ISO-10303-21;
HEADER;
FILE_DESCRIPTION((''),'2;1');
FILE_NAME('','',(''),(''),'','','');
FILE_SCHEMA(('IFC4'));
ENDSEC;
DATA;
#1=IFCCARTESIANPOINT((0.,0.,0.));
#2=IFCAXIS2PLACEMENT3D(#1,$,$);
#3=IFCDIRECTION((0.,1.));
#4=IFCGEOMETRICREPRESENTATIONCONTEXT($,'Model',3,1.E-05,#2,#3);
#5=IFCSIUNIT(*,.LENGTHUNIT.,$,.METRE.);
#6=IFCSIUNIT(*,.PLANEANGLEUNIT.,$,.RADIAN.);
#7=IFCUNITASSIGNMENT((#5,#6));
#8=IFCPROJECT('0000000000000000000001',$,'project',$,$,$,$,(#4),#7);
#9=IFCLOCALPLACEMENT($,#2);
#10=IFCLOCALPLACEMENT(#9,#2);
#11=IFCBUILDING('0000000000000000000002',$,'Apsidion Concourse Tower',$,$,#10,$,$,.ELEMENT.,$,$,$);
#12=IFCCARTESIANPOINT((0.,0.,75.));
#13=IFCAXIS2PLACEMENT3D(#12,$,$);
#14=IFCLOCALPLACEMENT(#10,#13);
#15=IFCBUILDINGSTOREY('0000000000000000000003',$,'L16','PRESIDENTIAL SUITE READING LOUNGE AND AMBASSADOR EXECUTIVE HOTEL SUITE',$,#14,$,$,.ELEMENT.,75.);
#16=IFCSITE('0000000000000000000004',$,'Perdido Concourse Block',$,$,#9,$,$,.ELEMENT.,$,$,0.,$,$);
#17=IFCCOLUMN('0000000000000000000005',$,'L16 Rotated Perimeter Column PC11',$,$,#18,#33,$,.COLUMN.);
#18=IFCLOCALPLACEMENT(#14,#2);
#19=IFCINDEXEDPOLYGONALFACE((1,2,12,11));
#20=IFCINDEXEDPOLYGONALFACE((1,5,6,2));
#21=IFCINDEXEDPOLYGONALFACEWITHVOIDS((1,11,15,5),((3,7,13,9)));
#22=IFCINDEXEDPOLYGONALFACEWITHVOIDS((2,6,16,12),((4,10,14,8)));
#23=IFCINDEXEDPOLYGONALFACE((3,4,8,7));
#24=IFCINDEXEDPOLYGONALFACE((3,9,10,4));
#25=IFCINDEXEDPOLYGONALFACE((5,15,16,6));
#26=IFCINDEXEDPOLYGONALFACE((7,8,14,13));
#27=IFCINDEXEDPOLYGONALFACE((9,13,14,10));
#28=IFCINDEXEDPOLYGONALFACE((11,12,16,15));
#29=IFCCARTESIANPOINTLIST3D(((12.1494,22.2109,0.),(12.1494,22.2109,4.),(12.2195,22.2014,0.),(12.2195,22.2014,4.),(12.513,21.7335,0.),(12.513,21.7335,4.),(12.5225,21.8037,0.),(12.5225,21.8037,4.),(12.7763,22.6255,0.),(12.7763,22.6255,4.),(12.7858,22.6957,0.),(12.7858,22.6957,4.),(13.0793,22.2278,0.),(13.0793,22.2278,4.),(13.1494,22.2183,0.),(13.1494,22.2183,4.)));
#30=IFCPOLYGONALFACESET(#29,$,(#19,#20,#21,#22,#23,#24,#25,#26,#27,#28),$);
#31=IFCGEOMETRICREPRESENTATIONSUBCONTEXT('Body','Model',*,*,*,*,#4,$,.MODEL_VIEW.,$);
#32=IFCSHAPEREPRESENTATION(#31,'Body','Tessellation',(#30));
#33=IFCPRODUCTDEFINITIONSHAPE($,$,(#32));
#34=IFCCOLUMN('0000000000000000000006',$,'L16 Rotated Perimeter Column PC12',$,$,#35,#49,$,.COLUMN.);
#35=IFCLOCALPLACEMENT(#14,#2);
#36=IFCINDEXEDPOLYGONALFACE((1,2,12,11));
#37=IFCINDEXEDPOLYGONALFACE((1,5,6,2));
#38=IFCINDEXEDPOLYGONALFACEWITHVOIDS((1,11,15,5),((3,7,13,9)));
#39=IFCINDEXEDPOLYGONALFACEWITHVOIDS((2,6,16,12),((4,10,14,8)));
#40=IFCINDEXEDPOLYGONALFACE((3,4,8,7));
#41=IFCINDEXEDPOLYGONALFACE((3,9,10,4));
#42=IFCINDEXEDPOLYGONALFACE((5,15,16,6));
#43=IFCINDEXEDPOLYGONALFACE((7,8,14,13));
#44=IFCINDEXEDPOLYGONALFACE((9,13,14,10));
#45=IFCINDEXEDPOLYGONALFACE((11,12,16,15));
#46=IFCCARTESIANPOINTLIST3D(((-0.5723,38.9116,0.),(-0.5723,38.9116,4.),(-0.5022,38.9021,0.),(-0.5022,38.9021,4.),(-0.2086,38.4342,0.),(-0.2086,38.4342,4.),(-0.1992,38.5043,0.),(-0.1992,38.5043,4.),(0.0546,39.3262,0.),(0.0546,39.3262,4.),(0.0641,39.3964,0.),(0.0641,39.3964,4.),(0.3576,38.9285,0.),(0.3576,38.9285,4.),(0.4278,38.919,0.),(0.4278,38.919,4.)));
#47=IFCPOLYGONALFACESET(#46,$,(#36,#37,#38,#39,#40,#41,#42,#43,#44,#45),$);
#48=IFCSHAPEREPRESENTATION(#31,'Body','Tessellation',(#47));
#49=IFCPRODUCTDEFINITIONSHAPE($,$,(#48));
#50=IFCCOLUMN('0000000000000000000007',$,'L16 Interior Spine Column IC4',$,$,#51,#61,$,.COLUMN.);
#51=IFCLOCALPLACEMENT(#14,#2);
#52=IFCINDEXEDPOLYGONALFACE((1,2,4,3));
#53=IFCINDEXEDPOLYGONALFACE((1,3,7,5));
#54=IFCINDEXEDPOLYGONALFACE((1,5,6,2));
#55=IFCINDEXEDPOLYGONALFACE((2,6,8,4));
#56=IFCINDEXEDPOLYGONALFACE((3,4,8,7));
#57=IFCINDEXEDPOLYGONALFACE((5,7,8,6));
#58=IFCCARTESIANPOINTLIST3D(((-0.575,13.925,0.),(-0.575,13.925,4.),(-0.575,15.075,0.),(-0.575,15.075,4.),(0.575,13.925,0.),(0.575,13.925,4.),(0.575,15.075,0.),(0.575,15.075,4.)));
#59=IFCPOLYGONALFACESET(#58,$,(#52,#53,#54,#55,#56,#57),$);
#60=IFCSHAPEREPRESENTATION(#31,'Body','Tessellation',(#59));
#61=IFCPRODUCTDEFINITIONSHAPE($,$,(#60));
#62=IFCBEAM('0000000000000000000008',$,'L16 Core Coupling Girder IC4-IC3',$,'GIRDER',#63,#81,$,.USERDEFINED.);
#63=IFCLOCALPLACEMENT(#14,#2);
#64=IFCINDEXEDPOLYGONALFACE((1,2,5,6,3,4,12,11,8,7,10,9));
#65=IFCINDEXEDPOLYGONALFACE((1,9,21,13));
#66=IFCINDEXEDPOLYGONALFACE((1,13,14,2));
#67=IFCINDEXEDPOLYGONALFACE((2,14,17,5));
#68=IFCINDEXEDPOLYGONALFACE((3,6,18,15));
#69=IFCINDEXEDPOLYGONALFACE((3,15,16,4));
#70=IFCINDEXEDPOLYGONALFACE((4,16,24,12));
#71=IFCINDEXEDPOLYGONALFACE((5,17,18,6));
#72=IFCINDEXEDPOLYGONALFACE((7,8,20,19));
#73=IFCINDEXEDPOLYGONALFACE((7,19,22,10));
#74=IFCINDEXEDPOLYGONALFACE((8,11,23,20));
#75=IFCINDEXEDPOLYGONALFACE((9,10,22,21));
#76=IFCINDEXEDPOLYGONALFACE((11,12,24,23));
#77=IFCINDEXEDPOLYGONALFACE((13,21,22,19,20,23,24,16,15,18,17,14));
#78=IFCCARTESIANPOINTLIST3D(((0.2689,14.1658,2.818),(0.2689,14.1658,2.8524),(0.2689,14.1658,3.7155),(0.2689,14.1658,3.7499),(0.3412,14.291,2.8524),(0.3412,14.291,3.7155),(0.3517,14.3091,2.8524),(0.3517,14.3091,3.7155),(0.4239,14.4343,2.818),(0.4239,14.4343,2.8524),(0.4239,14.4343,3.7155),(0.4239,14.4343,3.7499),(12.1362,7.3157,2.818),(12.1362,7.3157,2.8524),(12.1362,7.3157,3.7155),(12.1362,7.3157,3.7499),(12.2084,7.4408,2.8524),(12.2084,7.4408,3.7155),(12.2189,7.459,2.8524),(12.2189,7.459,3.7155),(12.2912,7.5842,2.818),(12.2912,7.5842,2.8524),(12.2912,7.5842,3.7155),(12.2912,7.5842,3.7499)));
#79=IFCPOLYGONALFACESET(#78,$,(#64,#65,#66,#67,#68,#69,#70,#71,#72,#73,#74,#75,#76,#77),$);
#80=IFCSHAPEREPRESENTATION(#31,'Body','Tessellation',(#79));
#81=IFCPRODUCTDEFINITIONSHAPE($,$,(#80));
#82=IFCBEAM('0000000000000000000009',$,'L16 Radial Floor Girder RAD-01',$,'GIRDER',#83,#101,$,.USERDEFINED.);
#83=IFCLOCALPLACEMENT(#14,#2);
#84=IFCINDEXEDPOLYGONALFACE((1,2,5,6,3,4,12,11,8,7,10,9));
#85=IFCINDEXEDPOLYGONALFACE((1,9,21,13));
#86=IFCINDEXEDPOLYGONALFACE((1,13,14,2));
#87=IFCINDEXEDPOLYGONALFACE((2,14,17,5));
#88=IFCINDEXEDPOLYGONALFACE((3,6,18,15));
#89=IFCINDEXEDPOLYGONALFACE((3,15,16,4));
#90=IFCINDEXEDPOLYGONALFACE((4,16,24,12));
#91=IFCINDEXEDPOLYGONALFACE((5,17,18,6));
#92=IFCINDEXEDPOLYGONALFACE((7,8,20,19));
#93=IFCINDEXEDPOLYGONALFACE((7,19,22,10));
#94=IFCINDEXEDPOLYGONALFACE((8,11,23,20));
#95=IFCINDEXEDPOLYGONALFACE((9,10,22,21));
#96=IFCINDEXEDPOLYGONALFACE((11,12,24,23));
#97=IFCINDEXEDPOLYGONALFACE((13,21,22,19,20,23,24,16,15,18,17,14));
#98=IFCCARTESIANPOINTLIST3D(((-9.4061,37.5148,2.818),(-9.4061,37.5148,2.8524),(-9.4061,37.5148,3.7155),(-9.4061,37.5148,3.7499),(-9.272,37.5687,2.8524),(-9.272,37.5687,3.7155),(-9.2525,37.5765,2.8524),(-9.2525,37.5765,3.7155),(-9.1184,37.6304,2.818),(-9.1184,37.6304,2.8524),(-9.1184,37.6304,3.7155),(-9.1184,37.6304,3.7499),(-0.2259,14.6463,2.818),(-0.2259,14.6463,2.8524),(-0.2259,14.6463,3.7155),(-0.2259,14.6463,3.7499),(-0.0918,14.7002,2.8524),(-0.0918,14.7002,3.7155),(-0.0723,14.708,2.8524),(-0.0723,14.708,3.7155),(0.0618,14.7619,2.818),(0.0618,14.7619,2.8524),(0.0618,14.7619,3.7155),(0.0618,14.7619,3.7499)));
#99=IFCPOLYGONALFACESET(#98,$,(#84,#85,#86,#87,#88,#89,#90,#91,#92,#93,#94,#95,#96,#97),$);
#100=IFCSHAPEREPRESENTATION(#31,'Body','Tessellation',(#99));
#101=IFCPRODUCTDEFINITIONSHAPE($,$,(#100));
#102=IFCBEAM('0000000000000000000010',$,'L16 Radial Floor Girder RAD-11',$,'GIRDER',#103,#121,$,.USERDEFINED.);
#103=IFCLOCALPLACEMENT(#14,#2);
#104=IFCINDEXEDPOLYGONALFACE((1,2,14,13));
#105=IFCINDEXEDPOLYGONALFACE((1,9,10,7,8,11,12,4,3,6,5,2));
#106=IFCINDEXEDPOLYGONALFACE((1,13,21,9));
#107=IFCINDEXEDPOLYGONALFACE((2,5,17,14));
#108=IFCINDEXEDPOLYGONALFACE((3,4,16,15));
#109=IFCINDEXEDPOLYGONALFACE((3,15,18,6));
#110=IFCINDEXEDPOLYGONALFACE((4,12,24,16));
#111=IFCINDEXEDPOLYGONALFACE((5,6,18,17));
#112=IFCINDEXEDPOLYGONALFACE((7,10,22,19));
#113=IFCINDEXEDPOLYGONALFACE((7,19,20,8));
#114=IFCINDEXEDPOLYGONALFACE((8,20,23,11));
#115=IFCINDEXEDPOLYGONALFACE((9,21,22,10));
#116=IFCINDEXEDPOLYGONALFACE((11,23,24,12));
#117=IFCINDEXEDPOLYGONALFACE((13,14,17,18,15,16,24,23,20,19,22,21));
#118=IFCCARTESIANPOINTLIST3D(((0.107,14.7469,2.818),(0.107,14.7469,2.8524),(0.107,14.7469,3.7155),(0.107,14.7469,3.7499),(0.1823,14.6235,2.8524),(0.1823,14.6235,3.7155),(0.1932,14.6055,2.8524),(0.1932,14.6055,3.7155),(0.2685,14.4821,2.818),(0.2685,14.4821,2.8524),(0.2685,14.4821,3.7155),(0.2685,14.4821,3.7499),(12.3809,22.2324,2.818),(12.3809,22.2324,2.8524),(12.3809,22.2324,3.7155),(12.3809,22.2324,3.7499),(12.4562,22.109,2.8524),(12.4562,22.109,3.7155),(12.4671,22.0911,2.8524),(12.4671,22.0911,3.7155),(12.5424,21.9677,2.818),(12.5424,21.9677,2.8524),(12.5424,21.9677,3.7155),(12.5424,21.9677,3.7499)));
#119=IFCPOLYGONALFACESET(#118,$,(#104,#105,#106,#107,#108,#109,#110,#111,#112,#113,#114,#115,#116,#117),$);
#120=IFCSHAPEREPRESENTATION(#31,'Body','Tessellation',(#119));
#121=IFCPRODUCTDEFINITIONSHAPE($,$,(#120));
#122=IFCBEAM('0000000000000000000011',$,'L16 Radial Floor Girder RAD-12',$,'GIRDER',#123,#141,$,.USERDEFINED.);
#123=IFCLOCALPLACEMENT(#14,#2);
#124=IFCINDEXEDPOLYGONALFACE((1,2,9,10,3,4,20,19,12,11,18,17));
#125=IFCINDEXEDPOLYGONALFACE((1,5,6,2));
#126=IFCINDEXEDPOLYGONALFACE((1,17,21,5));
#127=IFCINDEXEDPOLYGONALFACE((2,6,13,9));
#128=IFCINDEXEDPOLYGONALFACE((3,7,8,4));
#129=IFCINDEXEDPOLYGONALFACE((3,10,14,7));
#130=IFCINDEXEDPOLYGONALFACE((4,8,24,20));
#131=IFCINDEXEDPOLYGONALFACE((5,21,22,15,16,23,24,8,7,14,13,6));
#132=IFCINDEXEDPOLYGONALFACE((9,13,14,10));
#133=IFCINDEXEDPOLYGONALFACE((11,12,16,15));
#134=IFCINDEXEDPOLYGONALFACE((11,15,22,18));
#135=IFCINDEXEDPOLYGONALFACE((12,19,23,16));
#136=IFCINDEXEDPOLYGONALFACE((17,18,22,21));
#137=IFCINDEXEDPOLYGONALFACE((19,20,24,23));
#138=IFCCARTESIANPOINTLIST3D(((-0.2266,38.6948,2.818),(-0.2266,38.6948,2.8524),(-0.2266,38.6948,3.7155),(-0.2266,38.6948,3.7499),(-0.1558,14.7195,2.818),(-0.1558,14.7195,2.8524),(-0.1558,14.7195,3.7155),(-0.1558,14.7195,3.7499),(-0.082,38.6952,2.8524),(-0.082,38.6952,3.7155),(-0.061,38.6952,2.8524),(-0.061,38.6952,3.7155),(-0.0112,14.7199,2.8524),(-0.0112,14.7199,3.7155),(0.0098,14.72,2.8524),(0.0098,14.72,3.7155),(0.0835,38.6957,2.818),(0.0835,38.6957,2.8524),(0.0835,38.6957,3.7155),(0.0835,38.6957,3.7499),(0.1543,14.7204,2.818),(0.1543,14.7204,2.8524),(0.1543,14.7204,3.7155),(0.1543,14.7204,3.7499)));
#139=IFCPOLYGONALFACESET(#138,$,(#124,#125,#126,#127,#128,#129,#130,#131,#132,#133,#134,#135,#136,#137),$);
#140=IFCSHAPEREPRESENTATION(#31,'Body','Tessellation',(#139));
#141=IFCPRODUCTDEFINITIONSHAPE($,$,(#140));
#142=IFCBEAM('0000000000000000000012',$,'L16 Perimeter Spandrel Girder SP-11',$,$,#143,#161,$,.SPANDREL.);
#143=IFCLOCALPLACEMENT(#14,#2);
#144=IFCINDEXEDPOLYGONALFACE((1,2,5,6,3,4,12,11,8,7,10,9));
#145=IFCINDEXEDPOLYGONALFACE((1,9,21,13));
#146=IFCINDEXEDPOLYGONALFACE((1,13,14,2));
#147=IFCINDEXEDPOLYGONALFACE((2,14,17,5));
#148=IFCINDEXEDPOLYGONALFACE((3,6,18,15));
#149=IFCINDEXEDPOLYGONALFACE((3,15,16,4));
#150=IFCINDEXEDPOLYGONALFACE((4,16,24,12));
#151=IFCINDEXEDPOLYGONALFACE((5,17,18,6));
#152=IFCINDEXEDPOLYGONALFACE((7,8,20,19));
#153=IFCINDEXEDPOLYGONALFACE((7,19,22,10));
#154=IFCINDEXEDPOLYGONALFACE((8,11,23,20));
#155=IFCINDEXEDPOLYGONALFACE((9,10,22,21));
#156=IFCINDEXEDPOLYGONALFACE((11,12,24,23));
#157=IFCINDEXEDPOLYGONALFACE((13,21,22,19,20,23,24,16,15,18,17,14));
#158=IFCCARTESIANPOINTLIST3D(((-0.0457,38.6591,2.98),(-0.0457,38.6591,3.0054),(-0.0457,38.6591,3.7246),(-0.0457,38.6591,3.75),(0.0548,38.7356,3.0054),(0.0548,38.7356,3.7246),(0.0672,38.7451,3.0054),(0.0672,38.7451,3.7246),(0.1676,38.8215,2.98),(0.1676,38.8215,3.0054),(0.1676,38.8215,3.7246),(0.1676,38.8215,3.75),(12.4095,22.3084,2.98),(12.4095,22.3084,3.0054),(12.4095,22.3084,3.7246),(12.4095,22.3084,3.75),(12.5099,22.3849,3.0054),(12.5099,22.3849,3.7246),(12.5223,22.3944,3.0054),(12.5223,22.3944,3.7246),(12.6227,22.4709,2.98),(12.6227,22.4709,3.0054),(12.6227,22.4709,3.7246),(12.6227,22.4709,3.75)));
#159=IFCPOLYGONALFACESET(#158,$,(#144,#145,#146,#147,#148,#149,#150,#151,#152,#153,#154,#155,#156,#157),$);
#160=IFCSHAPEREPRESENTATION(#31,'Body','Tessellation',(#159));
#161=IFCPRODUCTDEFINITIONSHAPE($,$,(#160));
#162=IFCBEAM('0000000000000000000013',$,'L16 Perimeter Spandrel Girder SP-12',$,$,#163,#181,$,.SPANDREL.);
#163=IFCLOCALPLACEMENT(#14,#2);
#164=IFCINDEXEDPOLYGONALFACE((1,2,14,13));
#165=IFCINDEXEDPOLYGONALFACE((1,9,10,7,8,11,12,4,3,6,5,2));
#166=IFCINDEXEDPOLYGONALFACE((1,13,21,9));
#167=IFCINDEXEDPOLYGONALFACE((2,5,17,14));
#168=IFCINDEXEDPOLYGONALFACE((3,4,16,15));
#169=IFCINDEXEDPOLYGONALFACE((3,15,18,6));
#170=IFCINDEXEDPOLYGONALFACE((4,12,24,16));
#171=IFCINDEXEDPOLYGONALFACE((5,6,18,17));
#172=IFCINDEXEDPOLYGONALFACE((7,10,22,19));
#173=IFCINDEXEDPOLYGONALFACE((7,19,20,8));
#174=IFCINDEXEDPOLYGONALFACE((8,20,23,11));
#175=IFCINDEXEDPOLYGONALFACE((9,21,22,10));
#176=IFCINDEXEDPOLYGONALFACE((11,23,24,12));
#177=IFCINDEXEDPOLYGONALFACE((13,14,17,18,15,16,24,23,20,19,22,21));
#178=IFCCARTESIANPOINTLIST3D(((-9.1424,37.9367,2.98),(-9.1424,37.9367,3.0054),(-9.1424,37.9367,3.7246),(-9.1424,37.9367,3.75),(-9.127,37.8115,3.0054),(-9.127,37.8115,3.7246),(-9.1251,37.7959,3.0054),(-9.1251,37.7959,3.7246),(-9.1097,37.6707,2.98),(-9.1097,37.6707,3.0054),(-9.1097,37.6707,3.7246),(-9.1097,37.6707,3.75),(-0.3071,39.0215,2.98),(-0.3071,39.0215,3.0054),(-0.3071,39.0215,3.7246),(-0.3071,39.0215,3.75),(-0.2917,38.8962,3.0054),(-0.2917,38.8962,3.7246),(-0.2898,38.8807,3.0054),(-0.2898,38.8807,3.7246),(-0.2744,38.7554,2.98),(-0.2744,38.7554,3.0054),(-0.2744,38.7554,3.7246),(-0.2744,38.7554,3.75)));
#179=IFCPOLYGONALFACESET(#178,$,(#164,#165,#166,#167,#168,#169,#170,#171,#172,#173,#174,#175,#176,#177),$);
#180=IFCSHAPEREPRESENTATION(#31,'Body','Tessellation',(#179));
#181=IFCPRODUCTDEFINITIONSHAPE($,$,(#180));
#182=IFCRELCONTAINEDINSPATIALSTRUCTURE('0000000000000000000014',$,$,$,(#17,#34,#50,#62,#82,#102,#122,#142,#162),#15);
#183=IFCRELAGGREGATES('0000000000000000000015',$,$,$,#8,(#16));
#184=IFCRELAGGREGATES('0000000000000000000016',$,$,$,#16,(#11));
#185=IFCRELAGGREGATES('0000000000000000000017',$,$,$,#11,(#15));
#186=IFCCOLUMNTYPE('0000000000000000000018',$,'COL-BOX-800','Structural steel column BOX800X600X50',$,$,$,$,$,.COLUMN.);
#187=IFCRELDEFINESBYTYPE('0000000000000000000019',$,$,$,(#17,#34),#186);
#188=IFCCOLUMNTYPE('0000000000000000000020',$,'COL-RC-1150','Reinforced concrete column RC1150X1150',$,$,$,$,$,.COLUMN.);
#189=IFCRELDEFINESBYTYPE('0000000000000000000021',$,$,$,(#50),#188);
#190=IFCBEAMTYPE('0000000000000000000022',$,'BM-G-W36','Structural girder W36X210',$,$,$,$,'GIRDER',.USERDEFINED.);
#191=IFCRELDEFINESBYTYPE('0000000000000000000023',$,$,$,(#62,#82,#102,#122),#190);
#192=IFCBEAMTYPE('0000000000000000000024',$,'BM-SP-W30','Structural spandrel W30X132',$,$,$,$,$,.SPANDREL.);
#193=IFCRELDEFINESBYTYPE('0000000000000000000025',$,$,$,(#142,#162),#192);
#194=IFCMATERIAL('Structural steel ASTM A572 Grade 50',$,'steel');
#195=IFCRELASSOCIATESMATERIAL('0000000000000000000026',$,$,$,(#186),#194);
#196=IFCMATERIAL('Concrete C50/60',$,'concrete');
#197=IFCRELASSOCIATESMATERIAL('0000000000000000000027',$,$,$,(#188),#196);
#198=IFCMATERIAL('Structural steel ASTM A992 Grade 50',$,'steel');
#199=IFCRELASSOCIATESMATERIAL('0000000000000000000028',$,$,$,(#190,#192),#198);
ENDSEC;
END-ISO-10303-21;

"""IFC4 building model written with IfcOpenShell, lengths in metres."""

from ifc_helpers import new_model, si_unit, direction, frame, origin, origin_2d, place, context, subcontext, project, spatial, rectangle, hollow_rectangle, i_section, extrude, material, material_profile, profile_set, type_object, element, save


model = new_model("IFC4")

# Units and contexts
model_context = context("Model", 3, precision=1e-05, world=origin(), true_north=direction((0.0, 1.0)))
body_context = subcontext(model_context, "Body", "Model", "MODEL_VIEW")
ifc_project = project(units=[si_unit("LENGTHUNIT", "METRE"), si_unit("PLANEANGLEUNIT", "RADIAN")], contexts=[model_context])

# Site, building, storey
site_placement = place(None, origin())
site = spatial("IfcSite", under=ifc_project, at=site_placement, Name="Perdido Concourse Block", CompositionType="ELEMENT", RefElevation=0.0)
building_placement = place(site_placement, origin())
building = spatial("IfcBuilding", under=site, at=building_placement, Name="Apsidion Concourse Tower", CompositionType="ELEMENT")
storey_placement = place(building_placement, frame((0.0, 0.0, 75.0)))
storey = spatial("IfcBuildingStorey", under=building, at=storey_placement, Name="L16", Description="PRESIDENTIAL SUITE READING LOUNGE AND AMBASSADOR EXECUTIVE HOTEL SUITE", CompositionType="ELEMENT", Elevation=75.0)

# Columns
ifc_material_1 = material(Name="Structural steel ASTM A572 Grade 50", Category="steel")
ifc_material_profile_1 = material_profile(ifc_material_1, hollow_rectangle(XDim=0.6001, YDim=0.8, WallThickness=0.05, at=origin_2d()), Name="BOX800X600X50")
ifc_profile_set_1 = profile_set([ifc_material_profile_1], Name="Structural steel ASTM A572 Grade 50")
column_type_1 = type_object("IfcColumnType", Name="COL-BOX-800", Description="Structural steel column BOX800X600X50", PredefinedType="COLUMN", material=ifc_profile_set_1)
for number, where, z_axis, x_axis, name in (
    (1, (12.6494, 22.2146, 0.0), (0.0, 0.0, 1.0), (-0.605988, 0.795473, 0.0), "L16 Rotated Perimeter Column PC11"),
    (2, (-0.0723, 38.9153, 0.0), (0.0, 0.0, 1.0), (-0.605988, 0.795473, 0.0), "L16 Rotated Perimeter Column PC12"),
):
    element("IfcColumn", number, at=place(storey_placement, frame(where, z_axis=z_axis, x_axis=x_axis)), inside=storey, type_object=column_type_1, Name=name, PredefinedType="COLUMN", context=body_context, shape_type="SweptSolid", body=[
        extrude(hollow_rectangle(XDim=0.6001, YDim=0.8, WallThickness=0.05, at=origin_2d()), origin(), (0.0, 0.0, 1.0), 4.0),
    ])
ifc_material_2 = material(Name="Concrete C50/60", Category="concrete")
ifc_material_profile_2 = material_profile(ifc_material_2, rectangle(XDim=1.1499, YDim=1.1499, at=origin_2d()), Name="RC 1150x1150")
ifc_profile_set_2 = profile_set([ifc_material_profile_2], Name="Concrete C50/60")
column_type_2 = type_object("IfcColumnType", Name="COL-RC-1150", Description="Reinforced concrete column RC1150X1150", PredefinedType="COLUMN", material=ifc_profile_set_2)
column_placement = place(storey_placement, frame((0.0, 14.5, 0.0), z_axis=(0.0, 0.0, 1.0), x_axis=(1.0, 0.0, 0.0)))
element("IfcColumn", 3, at=column_placement, inside=storey, type_object=column_type_2, Name="L16 Interior Spine Column IC4", PredefinedType="COLUMN", context=body_context, shape_type="SweptSolid", body=[
    extrude(rectangle(XDim=1.1499, YDim=1.1499, at=origin_2d()), origin(), (0.0, 0.0, 1.0), 4.0),
])

# Beams
ifc_material_3 = material(Name="Structural steel ASTM A992 Grade 50", Category="steel")
ifc_material_profile_3 = material_profile(ifc_material_3, i_section(OverallWidth=0.3101, OverallDepth=0.9319, WebThickness=0.021, FlangeThickness=0.0344, at=origin_2d()), Name="W36X210")
ifc_profile_set_3 = profile_set([ifc_material_profile_3], Name="Structural steel ASTM A992 Grade 50")
beam_type_1 = type_object("IfcBeamType", Name="BM-G-W36", Description="Structural girder W36X210", ElementType="GIRDER", PredefinedType="USERDEFINED", material=ifc_profile_set_3)
beam_1_placement = place(storey_placement, frame((0.3464, 14.3, 3.2839), z_axis=(0.86607, -0.499922, 0.0), x_axis=(0.499922, 0.86607, 0.0)))
element("IfcBeam", 4, at=beam_1_placement, inside=storey, type_object=beam_type_1, Name="L16 Core Coupling Girder IC4-IC3", ObjectType="GIRDER", PredefinedType="USERDEFINED", context=body_context, shape_type="SweptSolid", body=[
    extrude(i_section(OverallWidth=0.3101, OverallDepth=0.9319, WebThickness=0.021, FlangeThickness=0.0344, at=origin_2d()), origin(), (0.0, 0.0, 1.0), 13.7024),
])
beam_2_placement = place(storey_placement, frame((-0.082, 14.7041, 3.2839), z_axis=(-0.372538, 0.928017, 0.0), x_axis=(-0.928017, -0.372538, 0.0)))
element("IfcBeam", 5, at=beam_2_placement, inside=storey, type_object=beam_type_1, Name="L16 Radial Floor Girder RAD-01", ObjectType="GIRDER", PredefinedType="USERDEFINED", context=body_context, shape_type="SweptSolid", body=[
    extrude(i_section(OverallWidth=0.3101, OverallDepth=0.9319, WebThickness=0.021, FlangeThickness=0.0344, at=origin_2d()), origin(), (0.0, 0.0, 1.0), 24.6423),
])
beam_3_placement = place(storey_placement, frame((0.1877, 14.6145, 3.2839), z_axis=(0.85375, 0.520683, 0.0), x_axis=(-0.520683, 0.85375, 0.0)))
element("IfcBeam", 6, at=beam_3_placement, inside=storey, type_object=beam_type_1, Name="L16 Radial Floor Girder RAD-11", ObjectType="GIRDER", PredefinedType="USERDEFINED", context=body_context, shape_type="SweptSolid", body=[
    extrude(i_section(OverallWidth=0.3101, OverallDepth=0.9319, WebThickness=0.021, FlangeThickness=0.0344, at=origin_2d()), origin(), (0.0, 0.0, 1.0), 14.3765),
])
beam_4_placement = place(storey_placement, frame((-0.0007, 14.72, 3.2839), z_axis=(-0.002953, 0.999996, 0.0), x_axis=(-0.999996, -0.002953, 0.0)))
element("IfcBeam", 7, at=beam_4_placement, inside=storey, type_object=beam_type_1, Name="L16 Radial Floor Girder RAD-12", ObjectType="GIRDER", PredefinedType="USERDEFINED", context=body_context, shape_type="SweptSolid", body=[
    extrude(i_section(OverallWidth=0.3101, OverallDepth=0.9319, WebThickness=0.021, FlangeThickness=0.0344, at=origin_2d()), origin(), (0.0, 0.0, 1.0), 23.9753),
])
ifc_material_profile_4 = material_profile(ifc_material_3, i_section(OverallWidth=0.2681, OverallDepth=0.77, WebThickness=0.0156, FlangeThickness=0.0254, at=origin_2d()), Name="W30X132")
ifc_profile_set_4 = profile_set([ifc_material_profile_4], Name="Structural steel ASTM A992 Grade 50")
beam_type_2 = type_object("IfcBeamType", Name="BM-SP-W30", Description="Structural spandrel W30X132", PredefinedType="SPANDREL", material=ifc_profile_set_4)
beam_5_placement = place(storey_placement, frame((12.5161, 22.3896, 3.365), z_axis=(-0.605966, 0.795491, 0.0), x_axis=(-0.795491, -0.605966, 0.0)))
element("IfcBeam", 8, at=beam_5_placement, inside=storey, type_object=beam_type_2, Name="L16 Perimeter Spandrel Girder SP-11", PredefinedType="SPANDREL", context=body_context, shape_type="SweptSolid", body=[
    extrude(i_section(OverallWidth=0.2681, OverallDepth=0.77, WebThickness=0.0156, FlangeThickness=0.0254, at=origin_2d()), origin(), (0.0, 0.0, 1.0), 20.5542),
])
beam_6_placement = place(storey_placement, frame((-0.2908, 38.8884, 3.365), z_axis=(-0.992548, -0.121857, 0.0), x_axis=(0.121857, -0.992548, 0.0)))
element("IfcBeam", 9, at=beam_6_placement, inside=storey, type_object=beam_type_2, Name="L16 Perimeter Spandrel Girder SP-12", PredefinedType="SPANDREL", context=body_context, shape_type="SweptSolid", body=[
    extrude(i_section(OverallWidth=0.2681, OverallDepth=0.77, WebThickness=0.0156, FlangeThickness=0.0254, at=origin_2d()), origin(), (0.0, 0.0, 1.0), 8.9016),
])

save(model, "model.ifc")
